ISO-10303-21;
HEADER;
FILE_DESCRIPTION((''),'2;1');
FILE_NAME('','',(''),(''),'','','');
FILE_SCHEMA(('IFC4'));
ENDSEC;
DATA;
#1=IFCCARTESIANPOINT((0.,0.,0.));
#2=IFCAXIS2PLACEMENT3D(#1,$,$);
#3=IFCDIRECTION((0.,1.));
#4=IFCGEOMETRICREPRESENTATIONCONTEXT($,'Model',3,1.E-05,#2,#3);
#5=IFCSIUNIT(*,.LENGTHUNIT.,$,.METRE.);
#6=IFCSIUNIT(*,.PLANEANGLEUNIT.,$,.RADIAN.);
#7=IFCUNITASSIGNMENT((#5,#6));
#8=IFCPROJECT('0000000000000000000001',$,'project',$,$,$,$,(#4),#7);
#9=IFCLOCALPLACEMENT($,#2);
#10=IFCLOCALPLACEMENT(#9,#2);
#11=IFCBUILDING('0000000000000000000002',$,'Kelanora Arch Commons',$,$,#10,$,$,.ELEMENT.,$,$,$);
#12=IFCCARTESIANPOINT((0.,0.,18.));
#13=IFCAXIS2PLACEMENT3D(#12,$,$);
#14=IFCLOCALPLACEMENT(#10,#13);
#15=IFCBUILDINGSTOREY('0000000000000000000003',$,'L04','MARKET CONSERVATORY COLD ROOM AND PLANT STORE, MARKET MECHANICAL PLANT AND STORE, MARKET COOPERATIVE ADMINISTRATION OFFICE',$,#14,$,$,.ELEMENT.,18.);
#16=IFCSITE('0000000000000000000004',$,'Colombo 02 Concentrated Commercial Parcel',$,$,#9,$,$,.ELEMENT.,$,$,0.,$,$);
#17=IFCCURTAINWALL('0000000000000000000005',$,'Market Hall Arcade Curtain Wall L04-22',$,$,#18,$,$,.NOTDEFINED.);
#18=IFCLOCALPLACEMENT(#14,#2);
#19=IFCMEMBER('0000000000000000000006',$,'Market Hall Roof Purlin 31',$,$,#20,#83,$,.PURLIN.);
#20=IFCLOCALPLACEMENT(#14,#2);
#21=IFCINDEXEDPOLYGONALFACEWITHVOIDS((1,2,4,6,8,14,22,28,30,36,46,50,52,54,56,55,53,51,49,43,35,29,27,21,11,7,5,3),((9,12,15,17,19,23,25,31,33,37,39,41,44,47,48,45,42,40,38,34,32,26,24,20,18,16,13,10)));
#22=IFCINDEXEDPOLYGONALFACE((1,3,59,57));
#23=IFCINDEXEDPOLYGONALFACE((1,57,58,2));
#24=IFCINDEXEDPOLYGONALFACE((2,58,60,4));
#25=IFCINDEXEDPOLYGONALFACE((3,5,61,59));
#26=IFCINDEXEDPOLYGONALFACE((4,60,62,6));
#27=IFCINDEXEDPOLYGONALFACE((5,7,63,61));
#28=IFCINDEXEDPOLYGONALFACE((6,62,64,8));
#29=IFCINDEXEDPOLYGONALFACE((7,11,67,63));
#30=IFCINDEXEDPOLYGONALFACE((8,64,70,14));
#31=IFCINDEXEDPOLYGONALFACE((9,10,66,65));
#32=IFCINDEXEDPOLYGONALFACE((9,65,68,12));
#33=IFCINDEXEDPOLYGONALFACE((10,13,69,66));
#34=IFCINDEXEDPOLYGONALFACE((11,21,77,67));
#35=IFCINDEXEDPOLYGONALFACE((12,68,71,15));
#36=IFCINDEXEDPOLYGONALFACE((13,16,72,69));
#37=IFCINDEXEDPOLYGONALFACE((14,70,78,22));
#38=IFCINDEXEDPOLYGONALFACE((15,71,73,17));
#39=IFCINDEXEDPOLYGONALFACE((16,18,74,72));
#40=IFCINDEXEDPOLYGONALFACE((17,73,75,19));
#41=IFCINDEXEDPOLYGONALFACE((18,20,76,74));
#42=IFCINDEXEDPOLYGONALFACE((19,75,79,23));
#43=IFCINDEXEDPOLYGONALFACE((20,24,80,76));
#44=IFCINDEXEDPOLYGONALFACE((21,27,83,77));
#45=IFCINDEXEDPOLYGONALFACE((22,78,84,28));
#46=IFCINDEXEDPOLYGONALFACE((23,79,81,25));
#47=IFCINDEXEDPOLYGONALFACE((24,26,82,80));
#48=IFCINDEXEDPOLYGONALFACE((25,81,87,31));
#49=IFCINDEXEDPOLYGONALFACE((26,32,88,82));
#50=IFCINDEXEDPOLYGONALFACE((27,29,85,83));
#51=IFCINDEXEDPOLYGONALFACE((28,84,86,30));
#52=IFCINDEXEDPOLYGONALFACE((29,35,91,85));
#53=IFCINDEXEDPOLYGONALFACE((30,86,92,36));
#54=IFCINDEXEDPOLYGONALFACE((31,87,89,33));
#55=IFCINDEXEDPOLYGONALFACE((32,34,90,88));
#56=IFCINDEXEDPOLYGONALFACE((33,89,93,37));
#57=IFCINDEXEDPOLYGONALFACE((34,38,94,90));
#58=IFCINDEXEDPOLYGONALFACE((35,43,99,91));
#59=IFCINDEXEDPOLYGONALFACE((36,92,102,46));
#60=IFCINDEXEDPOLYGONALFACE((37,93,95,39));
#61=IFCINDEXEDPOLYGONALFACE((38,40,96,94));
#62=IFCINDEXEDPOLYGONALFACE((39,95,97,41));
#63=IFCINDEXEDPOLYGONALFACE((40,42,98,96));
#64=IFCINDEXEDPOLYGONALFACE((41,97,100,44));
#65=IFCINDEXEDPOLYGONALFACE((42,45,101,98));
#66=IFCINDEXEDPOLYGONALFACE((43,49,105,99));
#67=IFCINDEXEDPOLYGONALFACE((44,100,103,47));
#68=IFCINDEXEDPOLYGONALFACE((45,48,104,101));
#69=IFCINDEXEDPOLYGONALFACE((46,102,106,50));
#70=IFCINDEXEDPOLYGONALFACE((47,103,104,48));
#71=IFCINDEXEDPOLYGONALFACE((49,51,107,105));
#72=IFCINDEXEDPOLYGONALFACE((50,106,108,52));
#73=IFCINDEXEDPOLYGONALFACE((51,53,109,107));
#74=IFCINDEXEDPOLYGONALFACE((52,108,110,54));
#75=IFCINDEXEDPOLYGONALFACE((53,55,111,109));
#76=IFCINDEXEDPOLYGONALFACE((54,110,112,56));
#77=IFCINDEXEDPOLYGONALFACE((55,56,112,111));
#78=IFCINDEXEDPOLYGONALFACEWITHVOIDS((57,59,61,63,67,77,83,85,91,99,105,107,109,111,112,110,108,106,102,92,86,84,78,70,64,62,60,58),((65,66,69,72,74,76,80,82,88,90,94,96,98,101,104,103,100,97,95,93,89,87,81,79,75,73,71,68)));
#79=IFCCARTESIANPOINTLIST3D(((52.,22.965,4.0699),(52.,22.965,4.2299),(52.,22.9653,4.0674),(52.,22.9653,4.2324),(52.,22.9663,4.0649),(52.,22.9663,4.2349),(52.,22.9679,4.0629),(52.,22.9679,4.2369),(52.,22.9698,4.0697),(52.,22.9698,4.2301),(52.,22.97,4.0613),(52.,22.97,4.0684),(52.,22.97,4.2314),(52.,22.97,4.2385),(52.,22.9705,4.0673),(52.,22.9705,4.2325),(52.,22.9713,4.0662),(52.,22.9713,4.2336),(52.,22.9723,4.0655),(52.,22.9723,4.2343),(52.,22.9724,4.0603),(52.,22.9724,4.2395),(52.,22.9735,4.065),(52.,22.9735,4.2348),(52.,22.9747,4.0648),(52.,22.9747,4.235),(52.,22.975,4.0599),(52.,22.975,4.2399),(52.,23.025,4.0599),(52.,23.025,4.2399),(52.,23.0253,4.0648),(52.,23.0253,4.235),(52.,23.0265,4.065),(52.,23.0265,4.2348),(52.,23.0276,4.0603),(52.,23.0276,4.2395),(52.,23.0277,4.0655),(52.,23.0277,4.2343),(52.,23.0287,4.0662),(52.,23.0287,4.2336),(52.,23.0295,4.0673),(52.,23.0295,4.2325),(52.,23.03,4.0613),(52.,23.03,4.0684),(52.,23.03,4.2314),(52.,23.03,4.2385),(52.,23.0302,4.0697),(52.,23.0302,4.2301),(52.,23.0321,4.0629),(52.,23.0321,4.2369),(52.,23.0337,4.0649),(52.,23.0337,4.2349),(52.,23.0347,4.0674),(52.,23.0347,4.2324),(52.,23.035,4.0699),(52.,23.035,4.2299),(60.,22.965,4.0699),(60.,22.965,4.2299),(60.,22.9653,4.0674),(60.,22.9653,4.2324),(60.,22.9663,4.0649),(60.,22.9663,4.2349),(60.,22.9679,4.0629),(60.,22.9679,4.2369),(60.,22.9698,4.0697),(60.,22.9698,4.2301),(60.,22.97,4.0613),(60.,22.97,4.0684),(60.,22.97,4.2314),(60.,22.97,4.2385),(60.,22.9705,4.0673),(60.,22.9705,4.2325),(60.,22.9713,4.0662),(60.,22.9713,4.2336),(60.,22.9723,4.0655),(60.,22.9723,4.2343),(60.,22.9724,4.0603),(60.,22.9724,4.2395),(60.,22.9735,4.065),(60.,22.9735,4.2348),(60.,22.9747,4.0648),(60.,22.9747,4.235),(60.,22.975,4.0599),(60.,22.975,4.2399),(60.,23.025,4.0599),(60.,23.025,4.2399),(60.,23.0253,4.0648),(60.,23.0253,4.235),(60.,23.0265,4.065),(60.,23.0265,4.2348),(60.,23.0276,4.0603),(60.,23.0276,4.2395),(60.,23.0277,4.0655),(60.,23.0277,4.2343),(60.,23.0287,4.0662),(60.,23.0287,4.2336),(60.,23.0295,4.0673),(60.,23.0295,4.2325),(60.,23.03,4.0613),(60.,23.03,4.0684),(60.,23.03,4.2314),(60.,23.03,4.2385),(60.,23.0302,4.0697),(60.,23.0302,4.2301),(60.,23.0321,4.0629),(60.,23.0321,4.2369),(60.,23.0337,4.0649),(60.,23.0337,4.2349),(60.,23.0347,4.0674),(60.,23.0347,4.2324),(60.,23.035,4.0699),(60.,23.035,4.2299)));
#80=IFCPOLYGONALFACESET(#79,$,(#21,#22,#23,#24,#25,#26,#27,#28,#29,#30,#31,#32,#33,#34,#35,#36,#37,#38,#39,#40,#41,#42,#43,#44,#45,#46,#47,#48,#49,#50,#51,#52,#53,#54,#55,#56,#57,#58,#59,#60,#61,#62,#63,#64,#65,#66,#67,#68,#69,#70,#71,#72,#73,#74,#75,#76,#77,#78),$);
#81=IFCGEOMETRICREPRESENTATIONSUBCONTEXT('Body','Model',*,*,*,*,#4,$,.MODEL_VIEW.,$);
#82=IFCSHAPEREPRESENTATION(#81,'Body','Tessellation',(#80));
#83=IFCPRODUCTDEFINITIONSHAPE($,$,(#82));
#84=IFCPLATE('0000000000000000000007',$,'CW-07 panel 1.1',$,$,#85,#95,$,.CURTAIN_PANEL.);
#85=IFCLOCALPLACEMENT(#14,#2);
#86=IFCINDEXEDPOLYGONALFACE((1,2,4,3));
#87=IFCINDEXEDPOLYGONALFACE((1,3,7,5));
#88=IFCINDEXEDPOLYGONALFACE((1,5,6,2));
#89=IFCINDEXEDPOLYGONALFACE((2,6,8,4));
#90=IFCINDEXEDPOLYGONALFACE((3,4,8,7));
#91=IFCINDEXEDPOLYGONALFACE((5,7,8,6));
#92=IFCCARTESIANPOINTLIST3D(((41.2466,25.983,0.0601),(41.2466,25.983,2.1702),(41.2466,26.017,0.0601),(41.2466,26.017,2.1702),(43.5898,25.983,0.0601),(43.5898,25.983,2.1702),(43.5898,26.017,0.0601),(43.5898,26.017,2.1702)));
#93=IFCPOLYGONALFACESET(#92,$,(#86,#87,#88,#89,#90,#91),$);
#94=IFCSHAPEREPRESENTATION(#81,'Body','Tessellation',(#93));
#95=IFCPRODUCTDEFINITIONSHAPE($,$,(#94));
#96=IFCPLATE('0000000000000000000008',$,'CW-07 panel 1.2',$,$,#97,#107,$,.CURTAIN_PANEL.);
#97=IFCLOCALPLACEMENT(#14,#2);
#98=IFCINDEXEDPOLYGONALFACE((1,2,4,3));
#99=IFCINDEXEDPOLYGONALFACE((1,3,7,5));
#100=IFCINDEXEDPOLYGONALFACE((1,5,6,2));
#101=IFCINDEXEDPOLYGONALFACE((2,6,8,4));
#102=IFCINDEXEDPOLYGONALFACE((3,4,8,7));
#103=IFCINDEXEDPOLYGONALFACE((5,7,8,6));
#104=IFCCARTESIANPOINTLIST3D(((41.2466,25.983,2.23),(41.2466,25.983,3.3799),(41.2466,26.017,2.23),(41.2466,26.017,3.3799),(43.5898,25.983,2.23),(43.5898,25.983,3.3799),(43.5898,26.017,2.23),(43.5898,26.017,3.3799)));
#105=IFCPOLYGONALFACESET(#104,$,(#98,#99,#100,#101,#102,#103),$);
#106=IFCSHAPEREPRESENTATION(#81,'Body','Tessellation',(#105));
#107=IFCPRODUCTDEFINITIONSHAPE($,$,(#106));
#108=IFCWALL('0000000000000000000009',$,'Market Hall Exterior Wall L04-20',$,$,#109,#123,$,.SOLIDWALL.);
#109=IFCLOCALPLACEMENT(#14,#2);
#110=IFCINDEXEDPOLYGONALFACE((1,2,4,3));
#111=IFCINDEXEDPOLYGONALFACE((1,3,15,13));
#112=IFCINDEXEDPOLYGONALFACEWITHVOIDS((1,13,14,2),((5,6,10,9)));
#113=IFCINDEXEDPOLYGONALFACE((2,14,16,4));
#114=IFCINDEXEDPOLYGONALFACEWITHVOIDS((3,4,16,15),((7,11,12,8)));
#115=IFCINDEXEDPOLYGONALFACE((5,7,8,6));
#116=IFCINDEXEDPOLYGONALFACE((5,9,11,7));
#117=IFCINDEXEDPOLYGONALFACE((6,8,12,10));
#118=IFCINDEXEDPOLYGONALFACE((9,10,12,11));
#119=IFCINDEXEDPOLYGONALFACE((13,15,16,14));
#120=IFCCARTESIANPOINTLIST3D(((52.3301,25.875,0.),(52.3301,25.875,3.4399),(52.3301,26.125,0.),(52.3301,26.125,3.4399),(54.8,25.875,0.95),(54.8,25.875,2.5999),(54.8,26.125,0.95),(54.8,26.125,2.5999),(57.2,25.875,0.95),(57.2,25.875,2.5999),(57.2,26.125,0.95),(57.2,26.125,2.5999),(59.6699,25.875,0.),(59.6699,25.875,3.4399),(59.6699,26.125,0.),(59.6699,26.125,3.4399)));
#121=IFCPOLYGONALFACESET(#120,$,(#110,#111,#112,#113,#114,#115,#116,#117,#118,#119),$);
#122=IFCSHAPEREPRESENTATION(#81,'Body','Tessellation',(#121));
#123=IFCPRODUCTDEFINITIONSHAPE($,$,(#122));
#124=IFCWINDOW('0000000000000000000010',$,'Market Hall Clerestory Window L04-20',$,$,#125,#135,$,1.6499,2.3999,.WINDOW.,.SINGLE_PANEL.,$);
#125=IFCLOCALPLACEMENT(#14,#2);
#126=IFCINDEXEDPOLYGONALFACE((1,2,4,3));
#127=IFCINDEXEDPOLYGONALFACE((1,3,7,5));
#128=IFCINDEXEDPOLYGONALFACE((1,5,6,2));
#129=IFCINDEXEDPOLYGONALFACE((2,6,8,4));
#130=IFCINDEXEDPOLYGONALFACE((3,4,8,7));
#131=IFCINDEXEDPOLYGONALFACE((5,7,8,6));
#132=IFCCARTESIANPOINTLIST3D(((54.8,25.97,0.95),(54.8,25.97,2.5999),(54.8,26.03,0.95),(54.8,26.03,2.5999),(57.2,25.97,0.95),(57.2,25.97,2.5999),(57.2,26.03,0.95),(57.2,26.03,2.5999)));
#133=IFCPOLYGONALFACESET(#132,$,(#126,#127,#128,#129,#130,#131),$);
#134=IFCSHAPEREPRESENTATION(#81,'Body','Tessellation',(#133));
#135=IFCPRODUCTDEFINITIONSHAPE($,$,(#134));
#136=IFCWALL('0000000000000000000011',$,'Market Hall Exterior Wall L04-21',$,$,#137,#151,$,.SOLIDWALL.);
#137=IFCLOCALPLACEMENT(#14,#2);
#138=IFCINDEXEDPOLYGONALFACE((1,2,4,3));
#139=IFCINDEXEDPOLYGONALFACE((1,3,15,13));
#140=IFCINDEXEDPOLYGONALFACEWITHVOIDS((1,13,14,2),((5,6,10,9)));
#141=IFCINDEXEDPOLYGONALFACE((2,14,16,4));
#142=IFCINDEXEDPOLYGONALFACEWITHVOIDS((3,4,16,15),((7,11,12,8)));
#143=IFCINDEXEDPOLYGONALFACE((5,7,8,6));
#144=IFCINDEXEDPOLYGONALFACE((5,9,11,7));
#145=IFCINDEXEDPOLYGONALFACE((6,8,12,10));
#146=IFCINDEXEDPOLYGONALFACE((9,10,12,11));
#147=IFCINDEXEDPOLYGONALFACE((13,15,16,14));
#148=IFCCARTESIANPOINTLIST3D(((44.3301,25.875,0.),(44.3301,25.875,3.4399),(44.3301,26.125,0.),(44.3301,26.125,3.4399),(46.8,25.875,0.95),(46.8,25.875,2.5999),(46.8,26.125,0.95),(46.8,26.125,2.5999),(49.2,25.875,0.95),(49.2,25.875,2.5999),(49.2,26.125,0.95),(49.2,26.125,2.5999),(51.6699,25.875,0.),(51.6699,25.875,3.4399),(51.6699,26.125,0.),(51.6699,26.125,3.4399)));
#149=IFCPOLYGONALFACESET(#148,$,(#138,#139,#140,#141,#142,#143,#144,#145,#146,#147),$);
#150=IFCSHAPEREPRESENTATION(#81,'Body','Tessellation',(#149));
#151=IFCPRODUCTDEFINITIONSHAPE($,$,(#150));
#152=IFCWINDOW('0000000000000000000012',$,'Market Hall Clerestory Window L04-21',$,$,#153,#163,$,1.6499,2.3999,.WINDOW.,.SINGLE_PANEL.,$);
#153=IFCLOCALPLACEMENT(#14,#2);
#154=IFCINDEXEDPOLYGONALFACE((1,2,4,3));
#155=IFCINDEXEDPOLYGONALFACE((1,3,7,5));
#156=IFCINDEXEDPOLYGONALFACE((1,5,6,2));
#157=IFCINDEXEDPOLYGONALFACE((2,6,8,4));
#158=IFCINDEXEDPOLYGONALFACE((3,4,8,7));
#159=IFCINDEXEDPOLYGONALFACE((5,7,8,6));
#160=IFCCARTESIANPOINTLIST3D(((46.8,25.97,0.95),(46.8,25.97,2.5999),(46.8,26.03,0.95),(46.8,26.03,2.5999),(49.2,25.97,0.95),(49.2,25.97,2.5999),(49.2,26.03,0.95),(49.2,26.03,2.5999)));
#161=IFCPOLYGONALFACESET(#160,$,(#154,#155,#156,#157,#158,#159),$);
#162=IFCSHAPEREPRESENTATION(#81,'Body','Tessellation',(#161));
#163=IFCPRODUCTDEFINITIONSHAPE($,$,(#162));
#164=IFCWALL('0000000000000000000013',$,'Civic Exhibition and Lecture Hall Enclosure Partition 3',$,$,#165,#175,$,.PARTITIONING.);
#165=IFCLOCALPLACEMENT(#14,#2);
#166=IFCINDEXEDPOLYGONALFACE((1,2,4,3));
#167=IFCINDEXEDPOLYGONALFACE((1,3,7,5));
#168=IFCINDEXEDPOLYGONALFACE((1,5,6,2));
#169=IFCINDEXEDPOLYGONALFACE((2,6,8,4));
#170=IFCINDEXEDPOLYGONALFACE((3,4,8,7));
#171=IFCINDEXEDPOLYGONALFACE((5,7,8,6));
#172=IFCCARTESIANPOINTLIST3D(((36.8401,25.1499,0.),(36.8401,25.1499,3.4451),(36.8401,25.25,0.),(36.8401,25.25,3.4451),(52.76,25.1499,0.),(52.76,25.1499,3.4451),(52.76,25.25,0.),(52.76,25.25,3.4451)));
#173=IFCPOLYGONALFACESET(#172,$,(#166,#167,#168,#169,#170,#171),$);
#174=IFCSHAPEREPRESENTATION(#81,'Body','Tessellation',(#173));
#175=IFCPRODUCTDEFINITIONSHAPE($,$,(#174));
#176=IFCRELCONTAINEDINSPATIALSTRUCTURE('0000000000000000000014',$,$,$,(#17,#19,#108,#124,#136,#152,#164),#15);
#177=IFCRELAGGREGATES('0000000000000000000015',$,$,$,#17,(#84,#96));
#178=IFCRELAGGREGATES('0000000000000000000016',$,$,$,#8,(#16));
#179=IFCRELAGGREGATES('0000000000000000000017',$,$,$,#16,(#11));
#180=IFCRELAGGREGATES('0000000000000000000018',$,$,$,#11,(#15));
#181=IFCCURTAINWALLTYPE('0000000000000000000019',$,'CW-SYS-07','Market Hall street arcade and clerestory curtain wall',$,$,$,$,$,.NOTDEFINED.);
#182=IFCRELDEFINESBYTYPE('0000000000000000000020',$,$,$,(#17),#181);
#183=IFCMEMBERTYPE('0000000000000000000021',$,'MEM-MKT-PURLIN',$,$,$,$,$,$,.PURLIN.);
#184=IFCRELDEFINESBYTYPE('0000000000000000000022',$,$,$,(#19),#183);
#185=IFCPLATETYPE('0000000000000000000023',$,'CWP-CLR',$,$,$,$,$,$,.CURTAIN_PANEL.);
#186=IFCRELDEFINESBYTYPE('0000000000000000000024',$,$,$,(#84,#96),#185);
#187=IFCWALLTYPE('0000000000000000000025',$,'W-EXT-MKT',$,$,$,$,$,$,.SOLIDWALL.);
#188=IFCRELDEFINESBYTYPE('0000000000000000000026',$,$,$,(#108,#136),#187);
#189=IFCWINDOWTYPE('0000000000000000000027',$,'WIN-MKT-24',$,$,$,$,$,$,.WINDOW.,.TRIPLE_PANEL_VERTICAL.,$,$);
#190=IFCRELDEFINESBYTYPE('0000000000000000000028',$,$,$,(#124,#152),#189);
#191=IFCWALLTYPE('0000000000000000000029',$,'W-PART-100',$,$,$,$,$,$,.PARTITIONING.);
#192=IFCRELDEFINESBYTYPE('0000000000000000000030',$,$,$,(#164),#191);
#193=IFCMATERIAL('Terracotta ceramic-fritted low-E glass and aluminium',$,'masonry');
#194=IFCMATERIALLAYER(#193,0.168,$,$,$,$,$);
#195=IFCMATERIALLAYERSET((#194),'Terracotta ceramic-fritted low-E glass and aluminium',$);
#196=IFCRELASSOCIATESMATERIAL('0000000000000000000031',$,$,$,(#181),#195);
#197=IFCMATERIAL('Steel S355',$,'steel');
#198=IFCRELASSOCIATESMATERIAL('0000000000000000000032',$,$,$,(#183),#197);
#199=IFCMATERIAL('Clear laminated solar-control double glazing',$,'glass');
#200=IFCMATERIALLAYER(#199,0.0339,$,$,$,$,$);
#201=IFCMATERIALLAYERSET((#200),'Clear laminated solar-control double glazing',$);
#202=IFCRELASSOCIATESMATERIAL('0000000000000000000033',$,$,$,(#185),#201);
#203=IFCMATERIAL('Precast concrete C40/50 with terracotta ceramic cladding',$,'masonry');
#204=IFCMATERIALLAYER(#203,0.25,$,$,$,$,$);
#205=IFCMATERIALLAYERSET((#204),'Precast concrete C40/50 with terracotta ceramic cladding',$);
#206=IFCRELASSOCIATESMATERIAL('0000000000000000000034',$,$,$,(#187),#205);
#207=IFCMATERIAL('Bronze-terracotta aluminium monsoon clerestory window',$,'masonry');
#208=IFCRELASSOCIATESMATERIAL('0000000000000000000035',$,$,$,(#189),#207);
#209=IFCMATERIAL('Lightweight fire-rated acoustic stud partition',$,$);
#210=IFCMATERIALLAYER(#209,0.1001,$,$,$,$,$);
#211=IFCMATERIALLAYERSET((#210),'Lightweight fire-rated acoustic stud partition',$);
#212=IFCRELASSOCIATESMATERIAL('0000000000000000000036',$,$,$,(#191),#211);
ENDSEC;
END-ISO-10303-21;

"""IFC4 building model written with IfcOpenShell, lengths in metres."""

from ifc_helpers import new_model, si_unit, direction, frame, frame_2d, origin, origin_2d, place, context, subcontext, project, spatial, rectangle, hollow_rectangle, extrude, source, transform, mapped, material, layer, layer_set, material_profile, profile_set, type_object, element, fill, aggregate, save


model = new_model("IFC4")

# Units and contexts
model_context = context("Model", 3, precision=1e-05, world=origin(), true_north=direction((0.0, 1.0)))
body_context = subcontext(model_context, "Body", "Model", "MODEL_VIEW")
ifc_project = project(units=[si_unit("LENGTHUNIT", "METRE"), si_unit("PLANEANGLEUNIT", "RADIAN")], contexts=[model_context])

# Site, building, storey
site_placement = place(None, origin())
site = spatial("IfcSite", under=ifc_project, at=site_placement, Name="Colombo 02 Concentrated Commercial Parcel", CompositionType="ELEMENT", RefElevation=0.0)
building_placement = place(site_placement, origin())
building = spatial("IfcBuilding", under=site, at=building_placement, Name="Kelanora Arch Commons", CompositionType="ELEMENT")
storey_placement = place(building_placement, frame((0.0, 0.0, 18.0)))
storey = spatial("IfcBuildingStorey", under=building, at=storey_placement, Name="L04", Description="MARKET CONSERVATORY COLD ROOM AND PLANT STORE, MARKET MECHANICAL PLANT AND STORE, MARKET COOPERATIVE ADMINISTRATION OFFICE", CompositionType="ELEMENT", Elevation=18.0)

# Shared definitions
ifc_material_1 = material(Name="Steel S355", Category="steel")

# Curtain wall
ifc_material_2 = material(Name="Terracotta ceramic-fritted low-E glass and aluminium", Category="masonry")
ifc_layer_1 = layer(ifc_material_2, 0.168)
ifc_layer_set_1 = layer_set([ifc_layer_1], Name="Terracotta ceramic-fritted low-E glass and aluminium")
curtain_wall_type = type_object("IfcCurtainWallType", Name="CW-SYS-07", Description="Market Hall street arcade and clerestory curtain wall", PredefinedType="NOTDEFINED", material=ifc_layer_set_1)
curtain_wall_placement = place(storey_placement, origin())
curtain_wall = element("IfcCurtainWall", 1, at=curtain_wall_placement, inside=storey, type_object=curtain_wall_type, Name="Market Hall Arcade Curtain Wall L04-22", PredefinedType="NOTDEFINED")

# Member
ifc_material_profile_1 = material_profile(ifc_material_1, hollow_rectangle(XDim=0.0701, YDim=0.1799, WallThickness=0.0049, InnerFilletRadius=0.0049, OuterFilletRadius=0.01, at=origin_2d()), Name="RHS180x70x5")
ifc_profile_set_1 = profile_set([ifc_material_profile_1], Name="Steel S355")
member_type_1 = type_object("IfcMemberType", Name="MEM-MKT-PURLIN", PredefinedType="PURLIN", material=ifc_profile_set_1)
for number, where, z_axis, x_axis, name in (
    (2, (52.0, 23.0, 4.1499), (1.0, 0.0, 0.0), (0.0, 1.0, 0.0), "Market Hall Roof Purlin 31"),
):
    element("IfcMember", number, at=place(storey_placement, frame(where, z_axis=z_axis, x_axis=x_axis)), inside=storey, type_object=member_type_1, Name=name, PredefinedType="PURLIN", context=body_context, shape_type="SweptSolid", body=[
        extrude(hollow_rectangle(XDim=0.0701, YDim=0.1799, WallThickness=0.0049, InnerFilletRadius=0.0049, OuterFilletRadius=0.01, at=origin_2d()), origin(), (0.0, 0.0, 1.0), 8.0),
    ])

# Plates
ifc_material_3 = material(Name="Clear laminated solar-control double glazing", Category="glass")
ifc_layer_2 = layer(ifc_material_3, 0.0339)
ifc_layer_set_2 = layer_set([ifc_layer_2], Name="Clear laminated solar-control double glazing")
plate_type = type_object("IfcPlateType", Name="CWP-CLR", PredefinedType="CURTAIN_PANEL", material=ifc_layer_set_2)
shared_shape_1 = source(origin(), body_context, "Body", "SweptSolid", [
    extrude(rectangle(XDim=2.3433, YDim=0.0339, at=origin_2d()), origin(), (0.0, 0.0, 1.0), 2.1101),
])
plate_1_placement = place(storey_placement, frame((42.4182, 26.0, 0.0601), z_axis=(0.0, 0.0, 1.0), x_axis=(-1.0, 0.0, 0.0)))
plate_1 = element("IfcPlate", 3, at=plate_1_placement, type_object=plate_type, Name="CW-07 panel 1.1", PredefinedType="CURTAIN_PANEL", context=body_context, shape_type="MappedRepresentation", body=[
    mapped(shared_shape_1, transform((0.0, 0.0, 0.0), scale=1.0)),
])
shared_shape_2 = source(origin(), body_context, "Body", "SweptSolid", [
    extrude(rectangle(XDim=2.3433, YDim=0.0339, at=origin_2d()), origin(), (0.0, 0.0, 1.0), 1.1499),
])
plate_2_placement = place(storey_placement, frame((42.4182, 26.0, 2.23), z_axis=(0.0, 0.0, 1.0), x_axis=(-1.0, 0.0, 0.0)))
plate_2 = element("IfcPlate", 4, at=plate_2_placement, type_object=plate_type, Name="CW-07 panel 1.2", PredefinedType="CURTAIN_PANEL", context=body_context, shape_type="MappedRepresentation", body=[
    mapped(shared_shape_2, transform((0.0, 0.0, 0.0), scale=1.0)),
])
aggregate(curtain_wall, [plate_1, plate_2])

# Walls, openings, windows
ifc_material_4 = material(Name="Precast concrete C40/50 with terracotta ceramic cladding", Category="masonry")
ifc_layer_3 = layer(ifc_material_4, 0.25)
ifc_layer_set_3 = layer_set([ifc_layer_3], Name="Precast concrete C40/50 with terracotta ceramic cladding")
wall_type_1 = type_object("IfcWallType", Name="W-EXT-MKT", PredefinedType="SOLIDWALL", material=ifc_layer_set_3)
wall_1_placement = place(storey_placement, frame((59.6699, 26.0, 0.0), z_axis=(0.0, 0.0, 1.0), x_axis=(-1.0, 0.0, 0.0)))
wall_1 = element("IfcWall", 5, at=wall_1_placement, inside=storey, type_object=wall_type_1, Name="Market Hall Exterior Wall L04-20", PredefinedType="SOLIDWALL", context=body_context, shape_type="SweptSolid", body=[
    extrude(rectangle(XDim=7.3398, YDim=0.25, at=frame_2d((3.6699, 0.0))), origin(), (0.0, 0.0, 1.0), 3.4399),
])
opening_1_placement = place(wall_1_placement, frame((2.47, 0.0, 0.95)))
opening_1 = element("IfcOpeningElement", 6, at=opening_1_placement, cuts=wall_1, PredefinedType="OPENING", context=body_context, shape_type="SweptSolid", body=[
    extrude(rectangle(XDim=2.3999, YDim=1.6499, at=frame_2d((1.2, 0.825))), frame((0.0, 0.135, 0.0), z_axis=(0.0, -1.0, 0.0), x_axis=(1.0, 0.0, 0.0)), (0.0, 0.0, 1.0), 0.27),
])
ifc_material_5 = material(Name="Bronze-terracotta aluminium monsoon clerestory window", Category="masonry")
window_type = type_object("IfcWindowType", Name="WIN-MKT-24", PartitioningType="TRIPLE_PANEL_VERTICAL", PredefinedType="WINDOW", material=ifc_material_5)
window_1_placement = place(opening_1_placement, origin())
window_1 = element("IfcWindow", 7, at=window_1_placement, inside=storey, type_object=window_type, Name="Market Hall Clerestory Window L04-20", OverallHeight=1.6499, OverallWidth=2.3999, PartitioningType="SINGLE_PANEL", PredefinedType="WINDOW", context=body_context, shape_type="SweptSolid", body=[
    extrude(rectangle(XDim=2.3999, YDim=1.6499, at=frame_2d((1.2, 0.825))), frame((0.0, 0.03, 0.0), z_axis=(0.0, -1.0, 0.0), x_axis=(1.0, 0.0, 0.0)), (0.0, 0.0, 1.0), 0.0601),
])
fill(opening_1, window_1)
wall_2_placement = place(storey_placement, frame((51.6699, 26.0, 0.0), z_axis=(0.0, 0.0, 1.0), x_axis=(-1.0, 0.0, 0.0)))
wall_2 = element("IfcWall", 8, at=wall_2_placement, inside=storey, type_object=wall_type_1, Name="Market Hall Exterior Wall L04-21", PredefinedType="SOLIDWALL", context=body_context, shape_type="SweptSolid", body=[
    extrude(rectangle(XDim=7.3398, YDim=0.25, at=frame_2d((3.6699, 0.0))), origin(), (0.0, 0.0, 1.0), 3.4399),
])
opening_2_placement = place(wall_2_placement, frame((2.47, 0.0, 0.95)))
opening_2 = element("IfcOpeningElement", 9, at=opening_2_placement, cuts=wall_2, PredefinedType="OPENING", context=body_context, shape_type="SweptSolid", body=[
    extrude(rectangle(XDim=2.3999, YDim=1.6499, at=frame_2d((1.2, 0.825))), frame((0.0, 0.135, 0.0), z_axis=(0.0, -1.0, 0.0), x_axis=(1.0, 0.0, 0.0)), (0.0, 0.0, 1.0), 0.27),
])
window_2_placement = place(opening_2_placement, origin())
window_2 = element("IfcWindow", 10, at=window_2_placement, inside=storey, type_object=window_type, Name="Market Hall Clerestory Window L04-21", OverallHeight=1.6499, OverallWidth=2.3999, PartitioningType="SINGLE_PANEL", PredefinedType="WINDOW", context=body_context, shape_type="SweptSolid", body=[
    extrude(rectangle(XDim=2.3999, YDim=1.6499, at=frame_2d((1.2, 0.825))), frame((0.0, 0.03, 0.0), z_axis=(0.0, -1.0, 0.0), x_axis=(1.0, 0.0, 0.0)), (0.0, 0.0, 1.0), 0.0601),
])
fill(opening_2, window_2)

# Wall
ifc_material_6 = material(Name="Lightweight fire-rated acoustic stud partition")
ifc_layer_4 = layer(ifc_material_6, 0.1001)
ifc_layer_set_4 = layer_set([ifc_layer_4], Name="Lightweight fire-rated acoustic stud partition")
wall_type_2 = type_object("IfcWallType", Name="W-PART-100", PredefinedType="PARTITIONING", material=ifc_layer_set_4)
wall_3_placement = place(storey_placement, frame((52.76, 25.2, 0.0), z_axis=(0.0, 0.0, 1.0), x_axis=(-1.0, 0.0, 0.0)))
element("IfcWall", 11, at=wall_3_placement, inside=storey, type_object=wall_type_2, Name="Civic Exhibition and Lecture Hall Enclosure Partition 3", PredefinedType="PARTITIONING", context=body_context, shape_type="SweptSolid", body=[
    extrude(rectangle(XDim=15.9199, YDim=0.1001, at=frame_2d((7.96, 0.0))), origin(), (0.0, 0.0, 1.0), 3.4451),
])

save(model, "model.ifc")
